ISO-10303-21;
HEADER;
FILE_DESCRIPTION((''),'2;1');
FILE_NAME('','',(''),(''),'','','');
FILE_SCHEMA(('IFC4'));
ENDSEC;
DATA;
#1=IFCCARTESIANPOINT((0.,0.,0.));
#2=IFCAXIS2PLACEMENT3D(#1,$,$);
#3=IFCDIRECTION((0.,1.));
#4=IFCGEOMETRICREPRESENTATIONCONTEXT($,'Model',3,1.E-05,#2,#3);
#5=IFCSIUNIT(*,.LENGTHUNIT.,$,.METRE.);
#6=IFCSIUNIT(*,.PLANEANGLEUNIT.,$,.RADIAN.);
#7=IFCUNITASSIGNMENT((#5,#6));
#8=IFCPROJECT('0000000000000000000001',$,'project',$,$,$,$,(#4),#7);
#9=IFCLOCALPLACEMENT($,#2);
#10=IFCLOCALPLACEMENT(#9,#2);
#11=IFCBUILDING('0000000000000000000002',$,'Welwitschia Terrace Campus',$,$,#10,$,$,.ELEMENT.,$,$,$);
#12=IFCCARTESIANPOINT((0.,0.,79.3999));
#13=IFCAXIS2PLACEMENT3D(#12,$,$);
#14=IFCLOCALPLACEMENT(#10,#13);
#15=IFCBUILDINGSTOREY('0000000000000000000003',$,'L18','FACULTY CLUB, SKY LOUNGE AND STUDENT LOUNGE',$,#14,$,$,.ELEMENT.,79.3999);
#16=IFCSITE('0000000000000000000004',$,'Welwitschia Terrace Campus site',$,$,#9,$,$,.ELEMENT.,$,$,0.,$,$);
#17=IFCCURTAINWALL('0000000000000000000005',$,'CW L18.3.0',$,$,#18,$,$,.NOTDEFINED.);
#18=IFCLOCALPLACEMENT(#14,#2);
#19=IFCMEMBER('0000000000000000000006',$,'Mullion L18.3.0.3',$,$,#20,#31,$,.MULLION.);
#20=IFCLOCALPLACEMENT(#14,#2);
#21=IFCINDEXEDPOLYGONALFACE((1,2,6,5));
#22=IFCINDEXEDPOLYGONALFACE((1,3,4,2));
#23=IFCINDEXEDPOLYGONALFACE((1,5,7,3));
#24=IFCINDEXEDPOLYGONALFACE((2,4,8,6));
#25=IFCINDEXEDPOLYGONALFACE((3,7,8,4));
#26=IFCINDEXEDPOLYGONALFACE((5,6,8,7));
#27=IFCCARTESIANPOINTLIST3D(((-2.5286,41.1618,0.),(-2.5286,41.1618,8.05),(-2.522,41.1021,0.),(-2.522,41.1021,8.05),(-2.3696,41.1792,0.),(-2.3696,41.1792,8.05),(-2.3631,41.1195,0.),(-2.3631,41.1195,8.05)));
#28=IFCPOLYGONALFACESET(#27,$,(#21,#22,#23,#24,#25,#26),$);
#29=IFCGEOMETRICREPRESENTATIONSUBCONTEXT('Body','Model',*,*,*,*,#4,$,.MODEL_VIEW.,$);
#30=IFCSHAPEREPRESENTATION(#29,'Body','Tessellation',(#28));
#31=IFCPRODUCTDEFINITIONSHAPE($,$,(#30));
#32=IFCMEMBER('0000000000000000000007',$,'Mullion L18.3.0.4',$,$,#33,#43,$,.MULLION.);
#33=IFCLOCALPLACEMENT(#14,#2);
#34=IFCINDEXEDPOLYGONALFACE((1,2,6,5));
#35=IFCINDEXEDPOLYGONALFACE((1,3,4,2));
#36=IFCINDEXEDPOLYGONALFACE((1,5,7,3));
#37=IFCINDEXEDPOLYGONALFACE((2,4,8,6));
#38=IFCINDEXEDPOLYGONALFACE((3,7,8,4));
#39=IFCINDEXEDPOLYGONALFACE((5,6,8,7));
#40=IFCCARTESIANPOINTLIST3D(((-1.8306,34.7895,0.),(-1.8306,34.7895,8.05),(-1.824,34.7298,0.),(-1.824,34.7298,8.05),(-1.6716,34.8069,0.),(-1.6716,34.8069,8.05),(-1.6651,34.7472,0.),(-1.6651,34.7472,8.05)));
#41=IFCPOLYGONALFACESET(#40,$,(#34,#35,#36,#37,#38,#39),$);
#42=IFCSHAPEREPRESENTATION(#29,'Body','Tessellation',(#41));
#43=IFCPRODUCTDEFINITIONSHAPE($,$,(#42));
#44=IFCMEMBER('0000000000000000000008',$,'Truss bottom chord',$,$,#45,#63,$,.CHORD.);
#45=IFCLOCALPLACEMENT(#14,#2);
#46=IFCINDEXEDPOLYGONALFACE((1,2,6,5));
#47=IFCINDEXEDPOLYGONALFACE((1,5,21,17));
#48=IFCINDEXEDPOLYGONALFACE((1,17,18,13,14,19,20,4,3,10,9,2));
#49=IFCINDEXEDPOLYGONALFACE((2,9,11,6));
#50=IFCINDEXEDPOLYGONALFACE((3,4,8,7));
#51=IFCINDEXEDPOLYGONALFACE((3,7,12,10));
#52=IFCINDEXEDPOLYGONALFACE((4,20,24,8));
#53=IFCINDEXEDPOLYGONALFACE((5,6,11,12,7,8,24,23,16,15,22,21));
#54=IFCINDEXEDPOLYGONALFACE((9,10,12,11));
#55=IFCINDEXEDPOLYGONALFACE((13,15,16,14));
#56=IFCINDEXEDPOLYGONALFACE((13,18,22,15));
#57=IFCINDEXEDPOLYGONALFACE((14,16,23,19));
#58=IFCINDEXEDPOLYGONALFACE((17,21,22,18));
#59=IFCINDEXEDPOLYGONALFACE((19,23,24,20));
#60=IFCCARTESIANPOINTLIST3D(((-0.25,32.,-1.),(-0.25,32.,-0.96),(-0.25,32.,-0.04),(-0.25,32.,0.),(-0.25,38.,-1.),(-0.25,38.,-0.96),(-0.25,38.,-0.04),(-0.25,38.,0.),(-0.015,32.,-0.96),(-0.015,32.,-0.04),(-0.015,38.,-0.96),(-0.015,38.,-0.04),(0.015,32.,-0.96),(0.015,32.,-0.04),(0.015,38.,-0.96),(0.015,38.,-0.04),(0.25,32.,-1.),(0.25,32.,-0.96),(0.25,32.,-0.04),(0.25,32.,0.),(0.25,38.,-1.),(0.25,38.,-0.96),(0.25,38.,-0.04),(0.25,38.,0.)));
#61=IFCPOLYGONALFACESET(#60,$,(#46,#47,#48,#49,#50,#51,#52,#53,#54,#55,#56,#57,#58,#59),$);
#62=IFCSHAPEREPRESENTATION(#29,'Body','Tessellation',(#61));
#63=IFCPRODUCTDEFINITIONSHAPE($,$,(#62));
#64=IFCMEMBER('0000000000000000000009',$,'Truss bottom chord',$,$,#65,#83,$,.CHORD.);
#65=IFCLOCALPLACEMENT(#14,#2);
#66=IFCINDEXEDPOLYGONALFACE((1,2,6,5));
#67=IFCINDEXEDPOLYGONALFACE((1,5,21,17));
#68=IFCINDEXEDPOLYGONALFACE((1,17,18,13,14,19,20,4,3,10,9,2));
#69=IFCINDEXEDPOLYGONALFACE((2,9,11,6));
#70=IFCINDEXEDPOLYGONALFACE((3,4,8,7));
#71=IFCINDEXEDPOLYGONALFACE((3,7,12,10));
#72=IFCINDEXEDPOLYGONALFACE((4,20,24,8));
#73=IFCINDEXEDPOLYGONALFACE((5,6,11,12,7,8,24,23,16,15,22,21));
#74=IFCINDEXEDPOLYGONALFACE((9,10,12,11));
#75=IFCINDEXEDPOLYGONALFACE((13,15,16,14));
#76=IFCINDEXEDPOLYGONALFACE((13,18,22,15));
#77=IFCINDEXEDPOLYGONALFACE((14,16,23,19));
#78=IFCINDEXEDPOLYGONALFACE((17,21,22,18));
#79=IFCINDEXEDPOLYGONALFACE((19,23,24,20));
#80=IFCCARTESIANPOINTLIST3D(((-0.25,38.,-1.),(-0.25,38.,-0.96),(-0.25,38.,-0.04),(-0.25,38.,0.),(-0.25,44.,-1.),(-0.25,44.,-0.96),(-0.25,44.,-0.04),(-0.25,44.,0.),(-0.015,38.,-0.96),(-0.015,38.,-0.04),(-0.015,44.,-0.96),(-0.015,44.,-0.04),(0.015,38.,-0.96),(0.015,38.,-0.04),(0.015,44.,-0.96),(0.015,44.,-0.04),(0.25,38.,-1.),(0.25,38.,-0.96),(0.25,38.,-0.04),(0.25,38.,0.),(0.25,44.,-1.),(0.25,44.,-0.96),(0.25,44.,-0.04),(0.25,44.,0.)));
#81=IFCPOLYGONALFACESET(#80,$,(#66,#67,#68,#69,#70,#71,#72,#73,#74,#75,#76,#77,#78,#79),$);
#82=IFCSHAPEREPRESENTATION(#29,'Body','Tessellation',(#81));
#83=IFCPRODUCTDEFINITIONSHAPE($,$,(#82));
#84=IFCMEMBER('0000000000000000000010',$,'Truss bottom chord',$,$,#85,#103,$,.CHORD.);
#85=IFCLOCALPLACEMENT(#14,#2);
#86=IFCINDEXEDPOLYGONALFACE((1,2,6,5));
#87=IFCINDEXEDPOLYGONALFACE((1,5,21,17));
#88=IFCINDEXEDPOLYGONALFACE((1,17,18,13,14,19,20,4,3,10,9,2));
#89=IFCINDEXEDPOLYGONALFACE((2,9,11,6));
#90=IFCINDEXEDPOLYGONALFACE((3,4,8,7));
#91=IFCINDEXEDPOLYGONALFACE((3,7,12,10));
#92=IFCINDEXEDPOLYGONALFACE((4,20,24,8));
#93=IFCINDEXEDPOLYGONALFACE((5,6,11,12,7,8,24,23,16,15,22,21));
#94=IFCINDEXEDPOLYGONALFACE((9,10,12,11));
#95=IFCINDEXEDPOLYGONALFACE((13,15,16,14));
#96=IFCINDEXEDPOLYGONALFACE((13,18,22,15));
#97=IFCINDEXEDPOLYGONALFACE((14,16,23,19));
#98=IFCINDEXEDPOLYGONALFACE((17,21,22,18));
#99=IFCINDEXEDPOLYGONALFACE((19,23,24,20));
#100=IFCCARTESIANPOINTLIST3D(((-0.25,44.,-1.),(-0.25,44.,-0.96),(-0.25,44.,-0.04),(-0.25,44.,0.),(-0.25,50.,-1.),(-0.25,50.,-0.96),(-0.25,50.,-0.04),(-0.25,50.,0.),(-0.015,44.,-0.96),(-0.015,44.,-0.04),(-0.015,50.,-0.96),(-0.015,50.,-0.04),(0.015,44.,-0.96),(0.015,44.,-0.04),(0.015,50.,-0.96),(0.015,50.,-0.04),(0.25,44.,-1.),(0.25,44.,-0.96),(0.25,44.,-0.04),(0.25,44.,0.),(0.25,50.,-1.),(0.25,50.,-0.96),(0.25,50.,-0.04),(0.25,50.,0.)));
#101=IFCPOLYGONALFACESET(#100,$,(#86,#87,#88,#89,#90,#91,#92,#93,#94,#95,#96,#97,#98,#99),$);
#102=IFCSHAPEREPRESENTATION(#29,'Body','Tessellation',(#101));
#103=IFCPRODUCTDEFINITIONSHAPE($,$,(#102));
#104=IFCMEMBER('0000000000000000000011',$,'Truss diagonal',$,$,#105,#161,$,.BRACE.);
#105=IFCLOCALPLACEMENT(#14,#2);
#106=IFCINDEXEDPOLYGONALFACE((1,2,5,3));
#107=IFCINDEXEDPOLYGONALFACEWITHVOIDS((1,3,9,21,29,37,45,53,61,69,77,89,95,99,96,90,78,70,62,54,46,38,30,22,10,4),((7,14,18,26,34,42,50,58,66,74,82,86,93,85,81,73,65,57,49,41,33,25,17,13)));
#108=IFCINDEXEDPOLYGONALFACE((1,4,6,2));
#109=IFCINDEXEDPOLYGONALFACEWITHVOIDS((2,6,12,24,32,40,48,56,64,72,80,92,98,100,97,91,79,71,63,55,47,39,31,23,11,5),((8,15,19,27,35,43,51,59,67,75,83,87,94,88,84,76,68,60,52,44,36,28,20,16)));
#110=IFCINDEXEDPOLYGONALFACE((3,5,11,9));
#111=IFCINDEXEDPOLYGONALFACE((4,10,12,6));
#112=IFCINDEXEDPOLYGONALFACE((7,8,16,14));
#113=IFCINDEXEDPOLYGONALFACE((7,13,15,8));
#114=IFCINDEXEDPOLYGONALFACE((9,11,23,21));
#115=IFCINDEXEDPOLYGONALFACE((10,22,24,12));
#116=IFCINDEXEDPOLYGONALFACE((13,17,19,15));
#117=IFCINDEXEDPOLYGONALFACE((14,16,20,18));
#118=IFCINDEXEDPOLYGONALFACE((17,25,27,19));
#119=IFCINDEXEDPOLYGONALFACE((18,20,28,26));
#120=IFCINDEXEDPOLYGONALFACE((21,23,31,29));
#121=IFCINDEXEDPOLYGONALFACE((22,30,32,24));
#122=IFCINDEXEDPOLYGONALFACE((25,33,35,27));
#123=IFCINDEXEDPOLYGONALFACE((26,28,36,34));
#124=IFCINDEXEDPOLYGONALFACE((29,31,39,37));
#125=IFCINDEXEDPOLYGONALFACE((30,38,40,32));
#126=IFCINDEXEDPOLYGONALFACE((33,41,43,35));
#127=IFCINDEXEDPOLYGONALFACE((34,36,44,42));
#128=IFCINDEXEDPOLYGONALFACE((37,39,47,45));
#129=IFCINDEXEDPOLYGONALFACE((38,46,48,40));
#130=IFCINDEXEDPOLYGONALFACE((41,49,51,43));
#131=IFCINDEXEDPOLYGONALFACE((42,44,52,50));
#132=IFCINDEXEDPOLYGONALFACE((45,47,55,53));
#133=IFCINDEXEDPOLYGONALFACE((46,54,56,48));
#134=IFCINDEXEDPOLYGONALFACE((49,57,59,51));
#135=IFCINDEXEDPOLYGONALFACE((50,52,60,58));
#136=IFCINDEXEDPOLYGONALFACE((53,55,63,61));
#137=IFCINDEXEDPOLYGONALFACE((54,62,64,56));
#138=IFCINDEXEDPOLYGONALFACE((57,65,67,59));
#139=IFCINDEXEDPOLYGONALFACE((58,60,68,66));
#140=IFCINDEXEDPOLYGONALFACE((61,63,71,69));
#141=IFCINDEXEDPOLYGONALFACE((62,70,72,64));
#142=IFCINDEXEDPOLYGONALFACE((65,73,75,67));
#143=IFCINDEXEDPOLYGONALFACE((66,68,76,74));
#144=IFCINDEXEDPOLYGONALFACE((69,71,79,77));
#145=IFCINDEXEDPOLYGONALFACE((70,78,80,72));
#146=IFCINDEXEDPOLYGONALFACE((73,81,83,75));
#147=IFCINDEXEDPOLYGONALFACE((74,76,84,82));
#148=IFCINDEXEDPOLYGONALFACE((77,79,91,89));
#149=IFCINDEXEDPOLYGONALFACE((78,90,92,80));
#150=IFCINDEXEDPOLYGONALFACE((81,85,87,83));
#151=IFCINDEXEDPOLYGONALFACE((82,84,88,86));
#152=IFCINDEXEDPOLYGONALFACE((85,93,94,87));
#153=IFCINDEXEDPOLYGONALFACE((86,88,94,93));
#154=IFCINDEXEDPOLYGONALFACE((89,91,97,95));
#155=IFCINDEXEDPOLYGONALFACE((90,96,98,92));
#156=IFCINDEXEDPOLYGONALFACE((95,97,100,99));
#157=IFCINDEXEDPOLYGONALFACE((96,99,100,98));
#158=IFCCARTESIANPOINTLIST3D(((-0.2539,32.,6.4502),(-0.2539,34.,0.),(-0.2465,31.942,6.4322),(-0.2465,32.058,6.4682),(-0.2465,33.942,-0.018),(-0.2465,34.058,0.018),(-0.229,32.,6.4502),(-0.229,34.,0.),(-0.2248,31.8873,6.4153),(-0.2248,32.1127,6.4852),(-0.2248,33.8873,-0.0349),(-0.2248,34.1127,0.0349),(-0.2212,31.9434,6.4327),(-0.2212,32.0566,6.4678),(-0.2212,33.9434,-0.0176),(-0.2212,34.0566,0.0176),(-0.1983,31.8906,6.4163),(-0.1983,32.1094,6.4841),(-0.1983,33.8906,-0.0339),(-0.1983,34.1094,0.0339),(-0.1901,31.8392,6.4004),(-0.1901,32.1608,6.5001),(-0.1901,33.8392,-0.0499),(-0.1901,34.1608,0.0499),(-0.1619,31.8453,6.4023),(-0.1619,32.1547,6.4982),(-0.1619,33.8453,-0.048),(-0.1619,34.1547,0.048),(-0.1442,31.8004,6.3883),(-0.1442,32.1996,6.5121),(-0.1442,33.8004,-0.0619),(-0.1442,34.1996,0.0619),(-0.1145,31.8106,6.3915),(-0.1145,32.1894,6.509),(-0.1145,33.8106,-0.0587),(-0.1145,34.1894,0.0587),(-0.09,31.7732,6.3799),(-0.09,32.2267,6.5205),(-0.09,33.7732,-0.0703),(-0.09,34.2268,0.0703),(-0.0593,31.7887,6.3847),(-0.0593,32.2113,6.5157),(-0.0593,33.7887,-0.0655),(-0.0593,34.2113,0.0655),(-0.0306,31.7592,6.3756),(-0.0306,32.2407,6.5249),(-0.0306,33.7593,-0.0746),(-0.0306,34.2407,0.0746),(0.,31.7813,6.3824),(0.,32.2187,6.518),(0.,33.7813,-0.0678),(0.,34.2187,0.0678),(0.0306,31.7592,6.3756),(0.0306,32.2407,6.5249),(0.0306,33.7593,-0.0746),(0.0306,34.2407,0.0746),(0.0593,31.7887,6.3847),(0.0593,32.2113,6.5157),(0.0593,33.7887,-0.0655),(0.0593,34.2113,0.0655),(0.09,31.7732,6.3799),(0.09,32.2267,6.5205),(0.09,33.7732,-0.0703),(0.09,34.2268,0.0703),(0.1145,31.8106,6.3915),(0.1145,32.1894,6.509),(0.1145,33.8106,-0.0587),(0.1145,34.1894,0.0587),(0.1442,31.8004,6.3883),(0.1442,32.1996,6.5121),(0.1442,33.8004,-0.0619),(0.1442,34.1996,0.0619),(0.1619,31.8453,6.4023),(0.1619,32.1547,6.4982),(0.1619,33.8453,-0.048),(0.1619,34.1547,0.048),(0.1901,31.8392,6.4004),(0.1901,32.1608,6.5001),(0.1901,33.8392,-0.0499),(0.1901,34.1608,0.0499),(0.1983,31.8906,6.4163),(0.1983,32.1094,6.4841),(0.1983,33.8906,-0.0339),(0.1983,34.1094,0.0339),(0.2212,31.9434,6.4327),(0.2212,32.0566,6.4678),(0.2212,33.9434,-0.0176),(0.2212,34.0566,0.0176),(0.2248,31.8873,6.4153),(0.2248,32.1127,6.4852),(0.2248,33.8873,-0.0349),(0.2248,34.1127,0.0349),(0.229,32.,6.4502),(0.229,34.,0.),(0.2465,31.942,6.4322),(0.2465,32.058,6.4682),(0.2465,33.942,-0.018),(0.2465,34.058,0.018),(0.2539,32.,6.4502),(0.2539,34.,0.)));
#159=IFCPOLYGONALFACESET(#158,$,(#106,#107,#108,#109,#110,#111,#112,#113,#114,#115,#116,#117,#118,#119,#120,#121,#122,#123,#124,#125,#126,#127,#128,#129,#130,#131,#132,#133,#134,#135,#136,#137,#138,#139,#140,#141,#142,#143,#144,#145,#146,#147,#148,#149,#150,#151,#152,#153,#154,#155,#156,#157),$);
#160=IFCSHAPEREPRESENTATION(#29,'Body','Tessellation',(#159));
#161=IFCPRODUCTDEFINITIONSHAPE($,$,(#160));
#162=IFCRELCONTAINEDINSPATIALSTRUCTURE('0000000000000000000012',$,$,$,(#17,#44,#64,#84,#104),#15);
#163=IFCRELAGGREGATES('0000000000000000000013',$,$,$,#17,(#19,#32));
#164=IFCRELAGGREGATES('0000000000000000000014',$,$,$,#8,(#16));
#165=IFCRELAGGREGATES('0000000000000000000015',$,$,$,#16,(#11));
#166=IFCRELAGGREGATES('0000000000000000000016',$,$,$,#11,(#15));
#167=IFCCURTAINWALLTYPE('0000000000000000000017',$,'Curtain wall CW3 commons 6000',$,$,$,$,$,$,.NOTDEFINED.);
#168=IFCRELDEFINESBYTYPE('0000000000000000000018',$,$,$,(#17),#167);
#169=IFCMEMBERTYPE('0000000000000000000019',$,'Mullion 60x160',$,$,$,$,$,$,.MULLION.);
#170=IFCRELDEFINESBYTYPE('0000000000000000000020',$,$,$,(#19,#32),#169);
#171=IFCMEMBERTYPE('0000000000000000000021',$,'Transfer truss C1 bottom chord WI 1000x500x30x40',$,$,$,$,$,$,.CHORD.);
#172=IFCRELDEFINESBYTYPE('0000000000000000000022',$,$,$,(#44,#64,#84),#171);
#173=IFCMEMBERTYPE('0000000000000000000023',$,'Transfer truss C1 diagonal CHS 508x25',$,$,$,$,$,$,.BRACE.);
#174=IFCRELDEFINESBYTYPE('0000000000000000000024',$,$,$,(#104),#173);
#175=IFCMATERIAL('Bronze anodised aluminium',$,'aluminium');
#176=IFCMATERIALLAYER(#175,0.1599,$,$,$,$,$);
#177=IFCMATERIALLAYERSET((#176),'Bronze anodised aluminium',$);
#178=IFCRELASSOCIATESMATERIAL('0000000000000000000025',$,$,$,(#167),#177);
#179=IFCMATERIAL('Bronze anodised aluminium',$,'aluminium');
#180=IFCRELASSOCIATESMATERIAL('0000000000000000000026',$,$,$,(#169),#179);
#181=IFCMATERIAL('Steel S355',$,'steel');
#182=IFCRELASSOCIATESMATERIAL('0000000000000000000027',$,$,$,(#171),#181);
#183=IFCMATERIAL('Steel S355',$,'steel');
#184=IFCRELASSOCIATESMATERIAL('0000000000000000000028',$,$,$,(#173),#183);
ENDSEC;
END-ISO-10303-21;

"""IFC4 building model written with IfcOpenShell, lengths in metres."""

from ifc_helpers import new_model, si_unit, direction, frame, origin, origin_2d, place, context, subcontext, project, spatial, rectangle, hollow_circle, i_section, extrude, material, layer, layer_set, material_profile, profile_set, type_object, element, aggregate, save


model = new_model("IFC4")

# Units and contexts
model_context = context("Model", 3, precision=1e-05, world=origin(), true_north=direction((0.0, 1.0)))
body_context = subcontext(model_context, "Body", "Model", "MODEL_VIEW")
ifc_project = project(units=[si_unit("LENGTHUNIT", "METRE"), si_unit("PLANEANGLEUNIT", "RADIAN")], contexts=[model_context])

# Site, building, storey
site_placement = place(None, origin())
site = spatial("IfcSite", under=ifc_project, at=site_placement, Name="Welwitschia Terrace Campus site", CompositionType="ELEMENT", RefElevation=0.0)
building_placement = place(site_placement, origin())
building = spatial("IfcBuilding", under=site, at=building_placement, Name="Welwitschia Terrace Campus", CompositionType="ELEMENT")
storey_placement = place(building_placement, frame((0.0, 0.0, 79.3999)))
storey = spatial("IfcBuildingStorey", under=building, at=storey_placement, Name="L18", Description="FACULTY CLUB, SKY LOUNGE AND STUDENT LOUNGE", CompositionType="ELEMENT", Elevation=79.3999)

# Curtain wall, members
ifc_material_1 = material(Name="Bronze anodised aluminium", Category="aluminium")
ifc_layer_1 = layer(ifc_material_1, 0.1599)
ifc_layer_set_1 = layer_set([ifc_layer_1], Name="Bronze anodised aluminium")
curtain_wall_type = type_object("IfcCurtainWallType", Name="Curtain wall CW3 commons 6000", PredefinedType="NOTDEFINED", material=ifc_layer_set_1)
curtain_wall_placement = place(storey_placement, origin())
curtain_wall = element("IfcCurtainWall", 1, at=curtain_wall_placement, inside=storey, type_object=curtain_wall_type, Name="CW L18.3.0", PredefinedType="NOTDEFINED")
ifc_material_2 = material(Name="Bronze anodised aluminium", Category="aluminium")
ifc_material_profile_1 = material_profile(ifc_material_2, rectangle(XDim=0.1599, YDim=0.0601, at=origin_2d()))
ifc_profile_set_1 = profile_set([ifc_material_profile_1], Name="Bronze anodised aluminium")
member_type_1 = type_object("IfcMemberType", Name="Mullion 60x160", PredefinedType="MULLION", material=ifc_profile_set_1)
member_1_placement = place(storey_placement, frame((-2.4458, 41.1406, 0.0), z_axis=(0.0, 0.0, 1.0), x_axis=(0.994056, 0.108867, 0.0)))
member_1 = element("IfcMember", 2, at=member_1_placement, type_object=member_type_1, Name="Mullion L18.3.0.3", PredefinedType="MULLION", context=body_context, shape_type="SweptSolid", body=[
    extrude(rectangle(XDim=0.1599, YDim=0.0601, at=origin_2d()), origin(), (0.0, 0.0, 1.0), 8.05),
])
member_2_placement = place(storey_placement, frame((-1.7478, 34.7683, 0.0), z_axis=(0.0, 0.0, 1.0), x_axis=(0.994056, 0.108867, 0.0)))
member_2 = element("IfcMember", 3, at=member_2_placement, type_object=member_type_1, Name="Mullion L18.3.0.4", PredefinedType="MULLION", context=body_context, shape_type="SweptSolid", body=[
    extrude(rectangle(XDim=0.1599, YDim=0.0601, at=origin_2d()), origin(), (0.0, 0.0, 1.0), 8.05),
])

# Members
ifc_material_3 = material(Name="Steel S355", Category="steel")
ifc_material_profile_2 = material_profile(ifc_material_3, i_section(OverallWidth=0.5, OverallDepth=1.0, WebThickness=0.03, FlangeThickness=0.04, at=origin_2d()))
ifc_profile_set_2 = profile_set([ifc_material_profile_2], Name="Steel S355")
member_type_2 = type_object("IfcMemberType", Name="Transfer truss C1 bottom chord WI 1000x500x30x40", PredefinedType="CHORD", material=ifc_profile_set_2)
for number, where, z_axis, x_axis, name in (
    (4, (0.0, 32.0, -0.5), (0.0, 1.0, 0.0), (-1.0, 0.0, 0.0), "Truss bottom chord"),
    (5, (0.0, 38.0, -0.5), (0.0, 1.0, 0.0), (-1.0, 0.0, 0.0), "Truss bottom chord"),
    (6, (0.0, 44.0, -0.5), (0.0, 1.0, 0.0), (-1.0, 0.0, 0.0), "Truss bottom chord"),
):
    element("IfcMember", number, at=place(storey_placement, frame(where, z_axis=z_axis, x_axis=x_axis)), inside=storey, type_object=member_type_2, Name=name, PredefinedType="CHORD", context=body_context, shape_type="SweptSolid", body=[
        extrude(i_section(OverallWidth=0.5, OverallDepth=1.0, WebThickness=0.03, FlangeThickness=0.04, at=origin_2d()), origin(), (0.0, 0.0, 1.0), 6.0),
    ])
ifc_material_4 = material(Name="Steel S355", Category="steel")
ifc_material_profile_3 = material_profile(ifc_material_4, hollow_circle(Radius=0.2539, WallThickness=0.0249, at=origin_2d()))
ifc_profile_set_3 = profile_set([ifc_material_profile_3], Name="Steel S355")
member_type_3 = type_object("IfcMemberType", Name="Transfer truss C1 diagonal CHS 508x25", PredefinedType="BRACE", material=ifc_profile_set_3)
member_3_placement = place(storey_placement, frame((0.0, 34.0, 0.0), z_axis=(0.0, -0.296158, 0.955139), x_axis=(1.0, 0.0, 0.0)))
element("IfcMember", 7, at=member_3_placement, inside=storey, type_object=member_type_3, Name="Truss diagonal", PredefinedType="BRACE", context=body_context, shape_type="SweptSolid", body=[
    extrude(hollow_circle(Radius=0.2539, WallThickness=0.0249, at=origin_2d()), origin(), (0.0, 0.0, 1.0), 6.7532),
])

aggregate(curtain_wall, [member_1, member_2])

save(model, "model.ifc")
